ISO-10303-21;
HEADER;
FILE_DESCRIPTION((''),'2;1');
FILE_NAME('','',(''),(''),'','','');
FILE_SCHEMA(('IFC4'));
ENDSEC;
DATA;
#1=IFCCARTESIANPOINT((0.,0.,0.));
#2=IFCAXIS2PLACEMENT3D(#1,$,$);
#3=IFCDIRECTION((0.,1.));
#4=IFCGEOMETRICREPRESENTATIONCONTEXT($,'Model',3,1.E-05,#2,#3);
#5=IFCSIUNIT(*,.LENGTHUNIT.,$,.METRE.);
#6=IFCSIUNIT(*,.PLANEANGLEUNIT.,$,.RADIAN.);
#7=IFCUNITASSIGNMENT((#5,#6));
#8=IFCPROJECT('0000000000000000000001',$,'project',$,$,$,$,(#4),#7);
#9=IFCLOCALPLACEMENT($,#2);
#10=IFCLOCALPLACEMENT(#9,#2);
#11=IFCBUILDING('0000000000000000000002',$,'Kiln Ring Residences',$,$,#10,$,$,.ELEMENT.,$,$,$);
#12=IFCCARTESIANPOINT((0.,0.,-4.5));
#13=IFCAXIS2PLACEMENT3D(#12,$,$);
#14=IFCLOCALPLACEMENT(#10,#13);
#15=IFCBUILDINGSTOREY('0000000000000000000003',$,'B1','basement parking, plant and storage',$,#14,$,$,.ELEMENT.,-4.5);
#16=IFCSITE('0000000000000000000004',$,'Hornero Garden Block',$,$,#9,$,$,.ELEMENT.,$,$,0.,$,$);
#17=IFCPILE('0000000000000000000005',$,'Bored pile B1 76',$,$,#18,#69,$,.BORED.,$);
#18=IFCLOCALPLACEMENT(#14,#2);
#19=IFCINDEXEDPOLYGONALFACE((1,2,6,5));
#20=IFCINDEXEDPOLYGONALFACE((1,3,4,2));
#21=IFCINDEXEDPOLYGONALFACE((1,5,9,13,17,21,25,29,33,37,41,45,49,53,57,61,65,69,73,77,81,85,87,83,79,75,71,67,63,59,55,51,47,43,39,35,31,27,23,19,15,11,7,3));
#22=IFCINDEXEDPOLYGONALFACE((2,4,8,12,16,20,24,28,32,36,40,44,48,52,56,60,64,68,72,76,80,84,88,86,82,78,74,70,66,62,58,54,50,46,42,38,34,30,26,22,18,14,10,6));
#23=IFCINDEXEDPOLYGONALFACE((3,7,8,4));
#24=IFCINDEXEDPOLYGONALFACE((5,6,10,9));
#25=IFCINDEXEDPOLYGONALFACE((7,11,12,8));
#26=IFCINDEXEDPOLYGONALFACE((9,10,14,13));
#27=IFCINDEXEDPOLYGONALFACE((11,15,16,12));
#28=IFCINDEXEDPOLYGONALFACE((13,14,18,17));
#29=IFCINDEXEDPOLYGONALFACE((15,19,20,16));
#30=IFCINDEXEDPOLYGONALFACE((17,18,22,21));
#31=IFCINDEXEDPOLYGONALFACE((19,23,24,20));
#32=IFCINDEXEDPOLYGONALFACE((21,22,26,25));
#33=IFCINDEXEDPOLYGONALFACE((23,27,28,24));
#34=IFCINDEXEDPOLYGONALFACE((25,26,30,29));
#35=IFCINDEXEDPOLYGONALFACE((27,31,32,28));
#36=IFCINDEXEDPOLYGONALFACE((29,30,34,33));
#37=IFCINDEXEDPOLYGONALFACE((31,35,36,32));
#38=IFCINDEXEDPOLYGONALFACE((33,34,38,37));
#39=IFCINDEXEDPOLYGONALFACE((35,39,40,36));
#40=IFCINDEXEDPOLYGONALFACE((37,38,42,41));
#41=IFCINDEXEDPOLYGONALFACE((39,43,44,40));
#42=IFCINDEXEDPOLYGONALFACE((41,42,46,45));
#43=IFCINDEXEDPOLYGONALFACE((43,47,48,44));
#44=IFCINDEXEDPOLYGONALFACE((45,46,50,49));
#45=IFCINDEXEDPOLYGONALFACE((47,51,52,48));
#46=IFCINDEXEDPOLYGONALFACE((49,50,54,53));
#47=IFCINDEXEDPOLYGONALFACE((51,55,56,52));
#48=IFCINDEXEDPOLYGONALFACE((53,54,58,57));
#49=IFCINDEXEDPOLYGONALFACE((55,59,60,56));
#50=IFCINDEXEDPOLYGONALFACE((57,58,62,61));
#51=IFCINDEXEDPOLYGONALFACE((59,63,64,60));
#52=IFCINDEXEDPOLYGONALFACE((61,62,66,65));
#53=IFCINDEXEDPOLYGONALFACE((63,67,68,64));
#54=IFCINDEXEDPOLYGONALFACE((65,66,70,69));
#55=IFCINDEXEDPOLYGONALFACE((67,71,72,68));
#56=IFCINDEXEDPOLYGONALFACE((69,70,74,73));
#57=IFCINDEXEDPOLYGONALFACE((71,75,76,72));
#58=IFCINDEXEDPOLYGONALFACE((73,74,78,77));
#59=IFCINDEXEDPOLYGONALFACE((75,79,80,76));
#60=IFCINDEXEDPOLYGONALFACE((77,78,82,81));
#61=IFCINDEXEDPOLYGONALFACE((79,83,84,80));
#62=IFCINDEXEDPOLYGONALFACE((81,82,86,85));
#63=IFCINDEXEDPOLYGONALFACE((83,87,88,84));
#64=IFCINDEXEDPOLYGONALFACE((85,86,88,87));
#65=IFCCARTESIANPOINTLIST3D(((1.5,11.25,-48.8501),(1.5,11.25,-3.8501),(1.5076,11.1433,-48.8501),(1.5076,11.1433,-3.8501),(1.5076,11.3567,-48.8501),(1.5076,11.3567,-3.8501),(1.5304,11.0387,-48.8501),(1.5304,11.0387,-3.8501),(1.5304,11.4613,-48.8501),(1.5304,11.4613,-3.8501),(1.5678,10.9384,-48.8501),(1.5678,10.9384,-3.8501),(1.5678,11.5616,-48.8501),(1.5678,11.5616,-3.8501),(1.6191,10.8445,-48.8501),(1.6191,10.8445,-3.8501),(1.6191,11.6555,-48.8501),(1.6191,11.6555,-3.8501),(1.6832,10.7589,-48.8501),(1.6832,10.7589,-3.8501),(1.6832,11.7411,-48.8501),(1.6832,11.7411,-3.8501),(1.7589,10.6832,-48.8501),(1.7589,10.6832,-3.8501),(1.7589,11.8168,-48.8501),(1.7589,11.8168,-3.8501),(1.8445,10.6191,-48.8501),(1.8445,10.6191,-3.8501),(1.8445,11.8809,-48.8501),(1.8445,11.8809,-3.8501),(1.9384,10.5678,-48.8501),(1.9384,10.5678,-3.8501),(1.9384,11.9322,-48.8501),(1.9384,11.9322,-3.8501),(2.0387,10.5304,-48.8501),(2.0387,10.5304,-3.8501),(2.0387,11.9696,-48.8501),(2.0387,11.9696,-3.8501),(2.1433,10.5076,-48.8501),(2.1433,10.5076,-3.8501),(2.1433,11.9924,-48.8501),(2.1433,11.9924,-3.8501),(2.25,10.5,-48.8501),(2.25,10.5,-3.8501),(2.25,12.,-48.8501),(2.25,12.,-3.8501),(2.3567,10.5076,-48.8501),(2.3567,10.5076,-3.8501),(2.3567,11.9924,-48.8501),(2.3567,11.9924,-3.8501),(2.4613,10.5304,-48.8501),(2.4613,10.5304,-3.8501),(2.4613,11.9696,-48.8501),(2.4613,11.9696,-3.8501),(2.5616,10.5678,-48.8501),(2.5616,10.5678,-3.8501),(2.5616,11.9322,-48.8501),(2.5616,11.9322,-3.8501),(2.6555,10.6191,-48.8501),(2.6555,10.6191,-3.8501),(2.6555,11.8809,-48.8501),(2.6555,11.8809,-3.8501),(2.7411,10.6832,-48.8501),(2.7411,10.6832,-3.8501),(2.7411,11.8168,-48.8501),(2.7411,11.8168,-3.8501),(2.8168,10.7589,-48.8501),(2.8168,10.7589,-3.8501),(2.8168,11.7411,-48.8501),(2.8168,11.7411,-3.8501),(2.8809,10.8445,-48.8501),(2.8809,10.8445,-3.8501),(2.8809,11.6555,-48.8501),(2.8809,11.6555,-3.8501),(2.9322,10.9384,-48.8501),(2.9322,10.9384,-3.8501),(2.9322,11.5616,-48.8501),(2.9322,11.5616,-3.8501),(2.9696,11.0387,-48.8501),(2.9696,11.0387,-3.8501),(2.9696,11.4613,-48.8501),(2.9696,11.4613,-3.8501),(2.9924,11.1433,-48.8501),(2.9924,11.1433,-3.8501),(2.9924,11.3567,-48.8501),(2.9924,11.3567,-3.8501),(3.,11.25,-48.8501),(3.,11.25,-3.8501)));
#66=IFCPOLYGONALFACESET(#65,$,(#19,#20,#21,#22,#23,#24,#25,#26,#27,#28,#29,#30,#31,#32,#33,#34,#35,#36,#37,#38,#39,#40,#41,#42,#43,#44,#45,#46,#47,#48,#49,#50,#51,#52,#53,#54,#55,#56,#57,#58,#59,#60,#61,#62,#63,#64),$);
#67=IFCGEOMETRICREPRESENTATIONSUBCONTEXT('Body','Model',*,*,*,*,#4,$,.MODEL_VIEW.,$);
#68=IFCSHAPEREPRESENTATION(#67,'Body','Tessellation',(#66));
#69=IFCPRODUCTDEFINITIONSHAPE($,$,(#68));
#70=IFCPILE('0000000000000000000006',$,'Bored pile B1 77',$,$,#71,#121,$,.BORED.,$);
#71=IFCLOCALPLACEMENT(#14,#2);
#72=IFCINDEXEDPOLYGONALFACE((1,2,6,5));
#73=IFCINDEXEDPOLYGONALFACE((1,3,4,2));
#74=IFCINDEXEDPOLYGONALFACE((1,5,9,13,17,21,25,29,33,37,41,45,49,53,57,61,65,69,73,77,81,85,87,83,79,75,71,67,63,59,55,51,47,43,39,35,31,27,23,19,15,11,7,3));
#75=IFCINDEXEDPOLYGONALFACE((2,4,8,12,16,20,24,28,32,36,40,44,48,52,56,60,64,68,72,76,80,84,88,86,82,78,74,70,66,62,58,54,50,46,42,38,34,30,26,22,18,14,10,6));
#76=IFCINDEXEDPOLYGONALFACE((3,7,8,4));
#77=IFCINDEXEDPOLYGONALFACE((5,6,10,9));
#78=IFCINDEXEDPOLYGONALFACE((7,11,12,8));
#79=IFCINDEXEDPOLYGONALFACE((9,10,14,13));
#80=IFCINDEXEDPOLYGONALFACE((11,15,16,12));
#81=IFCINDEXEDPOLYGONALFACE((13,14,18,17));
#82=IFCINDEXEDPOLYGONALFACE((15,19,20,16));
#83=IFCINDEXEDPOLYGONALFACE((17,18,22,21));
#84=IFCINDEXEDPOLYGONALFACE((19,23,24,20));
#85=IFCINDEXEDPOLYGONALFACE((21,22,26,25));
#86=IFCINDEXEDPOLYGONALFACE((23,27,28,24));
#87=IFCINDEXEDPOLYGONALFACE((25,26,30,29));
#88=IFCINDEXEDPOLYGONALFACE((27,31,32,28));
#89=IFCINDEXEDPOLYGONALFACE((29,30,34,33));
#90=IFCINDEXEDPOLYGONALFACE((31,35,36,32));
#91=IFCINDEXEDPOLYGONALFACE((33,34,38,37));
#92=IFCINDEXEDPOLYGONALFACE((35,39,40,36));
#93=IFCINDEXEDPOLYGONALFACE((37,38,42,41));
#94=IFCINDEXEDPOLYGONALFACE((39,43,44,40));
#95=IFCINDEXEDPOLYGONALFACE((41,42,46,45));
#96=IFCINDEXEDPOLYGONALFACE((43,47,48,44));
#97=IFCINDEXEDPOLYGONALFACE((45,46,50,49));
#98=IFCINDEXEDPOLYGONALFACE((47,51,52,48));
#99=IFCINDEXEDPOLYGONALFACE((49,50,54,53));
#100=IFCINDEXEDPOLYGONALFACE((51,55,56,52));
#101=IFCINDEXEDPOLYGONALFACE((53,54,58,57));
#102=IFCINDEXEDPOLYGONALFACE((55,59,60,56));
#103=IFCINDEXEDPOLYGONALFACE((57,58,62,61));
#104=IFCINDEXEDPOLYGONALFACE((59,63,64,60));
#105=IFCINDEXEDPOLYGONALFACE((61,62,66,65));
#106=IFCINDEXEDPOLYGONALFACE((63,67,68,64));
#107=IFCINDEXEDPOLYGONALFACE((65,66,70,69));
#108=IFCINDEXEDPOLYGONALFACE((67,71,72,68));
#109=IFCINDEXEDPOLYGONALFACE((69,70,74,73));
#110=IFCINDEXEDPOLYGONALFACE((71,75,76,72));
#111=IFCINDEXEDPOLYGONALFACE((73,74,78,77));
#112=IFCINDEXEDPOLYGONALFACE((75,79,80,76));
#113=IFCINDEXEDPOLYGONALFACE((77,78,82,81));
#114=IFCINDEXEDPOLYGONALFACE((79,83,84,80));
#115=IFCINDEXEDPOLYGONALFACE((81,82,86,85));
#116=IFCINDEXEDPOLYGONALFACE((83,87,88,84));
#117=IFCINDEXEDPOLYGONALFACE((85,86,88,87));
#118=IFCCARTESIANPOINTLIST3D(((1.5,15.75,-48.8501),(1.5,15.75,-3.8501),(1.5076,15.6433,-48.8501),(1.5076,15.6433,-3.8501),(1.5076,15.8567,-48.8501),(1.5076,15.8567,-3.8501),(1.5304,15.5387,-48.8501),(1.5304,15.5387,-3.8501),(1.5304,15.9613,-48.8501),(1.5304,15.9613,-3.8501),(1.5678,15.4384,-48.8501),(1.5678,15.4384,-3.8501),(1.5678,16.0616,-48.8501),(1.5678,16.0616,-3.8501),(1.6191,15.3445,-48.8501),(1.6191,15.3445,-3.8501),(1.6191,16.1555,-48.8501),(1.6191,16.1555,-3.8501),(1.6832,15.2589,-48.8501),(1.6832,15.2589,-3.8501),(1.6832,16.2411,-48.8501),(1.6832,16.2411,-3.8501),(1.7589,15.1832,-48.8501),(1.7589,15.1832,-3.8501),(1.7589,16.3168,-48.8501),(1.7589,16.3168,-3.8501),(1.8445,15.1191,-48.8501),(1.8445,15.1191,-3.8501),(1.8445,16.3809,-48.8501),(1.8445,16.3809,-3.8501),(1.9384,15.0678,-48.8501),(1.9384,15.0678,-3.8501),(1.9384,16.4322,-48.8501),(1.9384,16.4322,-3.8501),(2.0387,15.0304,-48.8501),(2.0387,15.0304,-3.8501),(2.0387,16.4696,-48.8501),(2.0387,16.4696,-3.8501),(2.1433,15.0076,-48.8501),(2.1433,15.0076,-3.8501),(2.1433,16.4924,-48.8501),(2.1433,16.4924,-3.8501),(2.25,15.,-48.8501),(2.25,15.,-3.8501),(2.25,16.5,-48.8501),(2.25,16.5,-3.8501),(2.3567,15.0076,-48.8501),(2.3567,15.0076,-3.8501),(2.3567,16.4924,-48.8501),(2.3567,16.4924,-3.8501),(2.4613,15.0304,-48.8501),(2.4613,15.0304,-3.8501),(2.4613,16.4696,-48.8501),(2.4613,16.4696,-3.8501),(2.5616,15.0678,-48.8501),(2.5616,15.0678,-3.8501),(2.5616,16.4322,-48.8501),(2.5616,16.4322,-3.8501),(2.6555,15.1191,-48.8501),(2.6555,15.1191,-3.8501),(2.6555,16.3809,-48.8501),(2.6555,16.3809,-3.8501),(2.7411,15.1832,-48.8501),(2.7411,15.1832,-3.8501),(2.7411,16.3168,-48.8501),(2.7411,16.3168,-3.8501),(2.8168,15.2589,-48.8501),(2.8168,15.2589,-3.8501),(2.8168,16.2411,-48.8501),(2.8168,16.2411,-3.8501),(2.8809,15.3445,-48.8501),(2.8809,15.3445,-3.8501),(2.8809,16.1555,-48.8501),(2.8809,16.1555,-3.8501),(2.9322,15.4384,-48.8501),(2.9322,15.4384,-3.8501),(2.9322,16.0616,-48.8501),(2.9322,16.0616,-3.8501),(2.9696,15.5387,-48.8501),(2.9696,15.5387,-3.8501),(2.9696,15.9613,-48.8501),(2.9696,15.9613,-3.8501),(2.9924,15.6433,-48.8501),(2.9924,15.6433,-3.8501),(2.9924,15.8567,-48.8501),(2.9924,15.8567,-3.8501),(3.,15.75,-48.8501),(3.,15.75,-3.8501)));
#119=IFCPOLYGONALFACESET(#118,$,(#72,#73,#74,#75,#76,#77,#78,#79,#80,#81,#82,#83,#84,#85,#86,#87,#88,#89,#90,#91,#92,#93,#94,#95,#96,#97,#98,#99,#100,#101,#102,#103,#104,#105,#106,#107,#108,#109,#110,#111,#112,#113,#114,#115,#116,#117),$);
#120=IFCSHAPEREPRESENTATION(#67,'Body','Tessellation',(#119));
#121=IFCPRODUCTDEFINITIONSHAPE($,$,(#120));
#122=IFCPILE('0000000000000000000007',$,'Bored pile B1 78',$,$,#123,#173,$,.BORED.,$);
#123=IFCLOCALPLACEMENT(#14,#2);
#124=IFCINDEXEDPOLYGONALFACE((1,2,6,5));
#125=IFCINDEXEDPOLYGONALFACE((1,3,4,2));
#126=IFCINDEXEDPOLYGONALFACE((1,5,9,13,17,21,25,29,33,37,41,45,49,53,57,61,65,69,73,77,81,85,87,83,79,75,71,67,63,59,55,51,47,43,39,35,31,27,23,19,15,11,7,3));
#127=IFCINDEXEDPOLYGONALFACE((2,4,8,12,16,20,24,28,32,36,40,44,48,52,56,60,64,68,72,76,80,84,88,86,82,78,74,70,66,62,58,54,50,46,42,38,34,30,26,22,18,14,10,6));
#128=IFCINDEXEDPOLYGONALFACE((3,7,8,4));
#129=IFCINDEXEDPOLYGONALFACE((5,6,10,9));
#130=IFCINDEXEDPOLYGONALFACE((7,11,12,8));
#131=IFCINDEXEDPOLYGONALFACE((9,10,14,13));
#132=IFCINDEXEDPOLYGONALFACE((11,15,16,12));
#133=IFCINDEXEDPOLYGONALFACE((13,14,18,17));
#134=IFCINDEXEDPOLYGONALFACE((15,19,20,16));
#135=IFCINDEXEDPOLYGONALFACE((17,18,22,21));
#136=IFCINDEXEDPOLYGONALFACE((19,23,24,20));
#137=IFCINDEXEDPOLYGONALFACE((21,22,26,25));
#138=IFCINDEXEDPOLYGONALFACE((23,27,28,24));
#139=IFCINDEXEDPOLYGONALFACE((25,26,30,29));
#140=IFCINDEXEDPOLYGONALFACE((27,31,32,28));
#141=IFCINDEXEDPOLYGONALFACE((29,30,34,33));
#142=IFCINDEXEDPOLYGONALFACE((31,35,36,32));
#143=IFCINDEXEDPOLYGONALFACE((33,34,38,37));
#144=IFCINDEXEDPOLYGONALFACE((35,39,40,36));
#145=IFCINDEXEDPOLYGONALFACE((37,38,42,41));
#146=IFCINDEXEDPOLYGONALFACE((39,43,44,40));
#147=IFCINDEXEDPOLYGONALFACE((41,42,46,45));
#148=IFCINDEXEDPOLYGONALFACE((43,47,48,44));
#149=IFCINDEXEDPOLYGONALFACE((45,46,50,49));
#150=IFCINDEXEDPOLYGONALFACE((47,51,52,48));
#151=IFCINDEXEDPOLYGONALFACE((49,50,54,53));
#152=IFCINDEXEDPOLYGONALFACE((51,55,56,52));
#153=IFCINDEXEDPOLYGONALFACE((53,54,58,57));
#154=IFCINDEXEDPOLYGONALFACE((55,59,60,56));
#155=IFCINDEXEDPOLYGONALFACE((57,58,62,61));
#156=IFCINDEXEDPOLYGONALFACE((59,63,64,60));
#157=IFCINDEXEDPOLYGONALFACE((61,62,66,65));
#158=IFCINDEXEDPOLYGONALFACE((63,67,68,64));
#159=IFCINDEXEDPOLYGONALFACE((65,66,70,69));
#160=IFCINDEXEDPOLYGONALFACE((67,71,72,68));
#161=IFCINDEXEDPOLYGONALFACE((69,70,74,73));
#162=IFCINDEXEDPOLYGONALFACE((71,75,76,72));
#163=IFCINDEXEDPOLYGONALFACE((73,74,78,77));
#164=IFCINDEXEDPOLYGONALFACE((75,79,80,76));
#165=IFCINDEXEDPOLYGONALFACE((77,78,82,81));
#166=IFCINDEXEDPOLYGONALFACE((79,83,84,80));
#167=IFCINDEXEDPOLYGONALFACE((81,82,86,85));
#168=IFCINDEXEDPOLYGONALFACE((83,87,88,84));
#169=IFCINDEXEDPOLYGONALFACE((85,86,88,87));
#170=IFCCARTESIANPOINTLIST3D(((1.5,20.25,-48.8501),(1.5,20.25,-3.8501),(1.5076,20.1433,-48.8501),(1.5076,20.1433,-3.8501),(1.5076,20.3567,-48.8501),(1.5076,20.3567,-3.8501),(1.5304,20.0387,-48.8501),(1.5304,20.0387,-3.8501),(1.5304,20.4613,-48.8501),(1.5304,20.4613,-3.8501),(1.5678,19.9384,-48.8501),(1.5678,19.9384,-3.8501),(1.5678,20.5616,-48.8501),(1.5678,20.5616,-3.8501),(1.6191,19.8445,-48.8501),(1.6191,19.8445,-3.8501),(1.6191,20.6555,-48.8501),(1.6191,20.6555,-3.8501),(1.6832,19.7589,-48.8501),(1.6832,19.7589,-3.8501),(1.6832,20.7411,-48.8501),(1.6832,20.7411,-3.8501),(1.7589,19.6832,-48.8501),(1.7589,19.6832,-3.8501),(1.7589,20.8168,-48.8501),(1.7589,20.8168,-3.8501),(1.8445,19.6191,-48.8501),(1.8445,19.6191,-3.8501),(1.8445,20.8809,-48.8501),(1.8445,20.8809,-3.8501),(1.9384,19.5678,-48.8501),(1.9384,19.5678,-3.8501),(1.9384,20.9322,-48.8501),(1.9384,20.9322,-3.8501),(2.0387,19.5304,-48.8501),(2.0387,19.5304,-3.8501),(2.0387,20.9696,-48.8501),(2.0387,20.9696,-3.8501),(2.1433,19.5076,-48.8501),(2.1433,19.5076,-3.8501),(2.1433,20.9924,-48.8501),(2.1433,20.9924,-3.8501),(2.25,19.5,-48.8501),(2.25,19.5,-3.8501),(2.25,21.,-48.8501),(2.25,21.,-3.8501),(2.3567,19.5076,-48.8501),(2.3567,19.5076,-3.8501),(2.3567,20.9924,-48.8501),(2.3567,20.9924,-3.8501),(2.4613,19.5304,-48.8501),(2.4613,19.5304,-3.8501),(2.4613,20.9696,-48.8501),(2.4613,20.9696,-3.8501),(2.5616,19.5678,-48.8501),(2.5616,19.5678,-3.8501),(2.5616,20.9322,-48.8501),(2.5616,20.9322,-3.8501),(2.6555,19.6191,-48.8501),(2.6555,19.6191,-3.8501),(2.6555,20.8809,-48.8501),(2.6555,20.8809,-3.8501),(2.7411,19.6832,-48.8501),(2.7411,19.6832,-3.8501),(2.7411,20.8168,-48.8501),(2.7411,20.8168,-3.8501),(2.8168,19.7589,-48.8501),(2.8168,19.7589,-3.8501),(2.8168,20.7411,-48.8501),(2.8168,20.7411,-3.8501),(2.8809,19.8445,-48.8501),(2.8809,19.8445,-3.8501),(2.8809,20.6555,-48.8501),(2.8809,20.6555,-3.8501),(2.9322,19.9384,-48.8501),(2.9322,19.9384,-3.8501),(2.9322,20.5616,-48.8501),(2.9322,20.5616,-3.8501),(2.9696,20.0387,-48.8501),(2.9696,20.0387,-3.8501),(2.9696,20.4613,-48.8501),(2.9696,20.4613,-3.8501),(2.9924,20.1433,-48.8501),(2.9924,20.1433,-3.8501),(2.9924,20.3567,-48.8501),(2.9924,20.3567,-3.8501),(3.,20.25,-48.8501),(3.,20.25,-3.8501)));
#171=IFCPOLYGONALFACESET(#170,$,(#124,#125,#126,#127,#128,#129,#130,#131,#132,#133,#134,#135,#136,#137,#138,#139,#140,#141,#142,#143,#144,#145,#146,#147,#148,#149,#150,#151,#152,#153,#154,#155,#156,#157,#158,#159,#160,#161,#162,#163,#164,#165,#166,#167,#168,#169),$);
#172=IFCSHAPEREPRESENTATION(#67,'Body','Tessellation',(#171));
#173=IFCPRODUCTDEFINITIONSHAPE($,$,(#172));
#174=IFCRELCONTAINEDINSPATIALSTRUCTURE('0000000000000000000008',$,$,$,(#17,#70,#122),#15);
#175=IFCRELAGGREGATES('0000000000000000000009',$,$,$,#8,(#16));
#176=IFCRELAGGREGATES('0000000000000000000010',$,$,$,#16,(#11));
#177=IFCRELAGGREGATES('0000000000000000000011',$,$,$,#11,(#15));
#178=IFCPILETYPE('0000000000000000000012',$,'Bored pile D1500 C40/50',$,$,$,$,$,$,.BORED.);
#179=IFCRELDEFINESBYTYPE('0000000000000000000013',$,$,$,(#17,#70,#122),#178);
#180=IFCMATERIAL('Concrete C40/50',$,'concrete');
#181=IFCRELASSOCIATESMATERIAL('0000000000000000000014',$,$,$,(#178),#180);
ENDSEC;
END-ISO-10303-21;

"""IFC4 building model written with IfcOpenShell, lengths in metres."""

from ifc_helpers import new_model, si_unit, direction, frame, origin, origin_2d, place, context, subcontext, project, spatial, circle, extrude, material, material_profile, profile_set, type_object, element, save


model = new_model("IFC4")

# Units and contexts
model_context = context("Model", 3, precision=1e-05, world=origin(), true_north=direction((0.0, 1.0)))
body_context = subcontext(model_context, "Body", "Model", "MODEL_VIEW")
ifc_project = project(units=[si_unit("LENGTHUNIT", "METRE"), si_unit("PLANEANGLEUNIT", "RADIAN")], contexts=[model_context])

# Site, building, storey
site_placement = place(None, origin())
site = spatial("IfcSite", under=ifc_project, at=site_placement, Name="Hornero Garden Block", CompositionType="ELEMENT", RefElevation=0.0)
building_placement = place(site_placement, origin())
building = spatial("IfcBuilding", under=site, at=building_placement, Name="Kiln Ring Residences", CompositionType="ELEMENT")
storey_placement = place(building_placement, frame((0.0, 0.0, -4.5)))
storey = spatial("IfcBuildingStorey", under=building, at=storey_placement, Name="B1", Description="basement parking, plant and storage", CompositionType="ELEMENT", Elevation=-4.5)

# Piles
ifc_material_1 = material(Name="Concrete C40/50", Category="concrete")
ifc_material_profile = material_profile(ifc_material_1, circle(Radius=0.75, at=origin_2d()), Name="BORED1500")
ifc_profile_set = profile_set([ifc_material_profile], Name="Concrete C40/50")
pile_type = type_object("IfcPileType", Name="Bored pile D1500 C40/50", PredefinedType="BORED", material=ifc_profile_set)
for number, where, z_axis, x_axis, name in (
    (1, (2.25, 11.25, -3.8501), (0.0, 0.0, -1.0), (1.0, 0.0, 0.0), "Bored pile B1 76"),
    (2, (2.25, 15.75, -3.8501), (0.0, 0.0, -1.0), (1.0, 0.0, 0.0), "Bored pile B1 77"),
    (3, (2.25, 20.25, -3.8501), (0.0, 0.0, -1.0), (1.0, 0.0, 0.0), "Bored pile B1 78"),
):
    element("IfcPile", number, at=place(storey_placement, frame(where, z_axis=z_axis, x_axis=x_axis)), inside=storey, type_object=pile_type, Name=name, PredefinedType="BORED", context=body_context, shape_type="SweptSolid", body=[
        extrude(circle(Radius=0.75, at=origin_2d()), origin(), (0.0, 0.0, 1.0), 45.0),
    ])

save(model, "model.ifc")
